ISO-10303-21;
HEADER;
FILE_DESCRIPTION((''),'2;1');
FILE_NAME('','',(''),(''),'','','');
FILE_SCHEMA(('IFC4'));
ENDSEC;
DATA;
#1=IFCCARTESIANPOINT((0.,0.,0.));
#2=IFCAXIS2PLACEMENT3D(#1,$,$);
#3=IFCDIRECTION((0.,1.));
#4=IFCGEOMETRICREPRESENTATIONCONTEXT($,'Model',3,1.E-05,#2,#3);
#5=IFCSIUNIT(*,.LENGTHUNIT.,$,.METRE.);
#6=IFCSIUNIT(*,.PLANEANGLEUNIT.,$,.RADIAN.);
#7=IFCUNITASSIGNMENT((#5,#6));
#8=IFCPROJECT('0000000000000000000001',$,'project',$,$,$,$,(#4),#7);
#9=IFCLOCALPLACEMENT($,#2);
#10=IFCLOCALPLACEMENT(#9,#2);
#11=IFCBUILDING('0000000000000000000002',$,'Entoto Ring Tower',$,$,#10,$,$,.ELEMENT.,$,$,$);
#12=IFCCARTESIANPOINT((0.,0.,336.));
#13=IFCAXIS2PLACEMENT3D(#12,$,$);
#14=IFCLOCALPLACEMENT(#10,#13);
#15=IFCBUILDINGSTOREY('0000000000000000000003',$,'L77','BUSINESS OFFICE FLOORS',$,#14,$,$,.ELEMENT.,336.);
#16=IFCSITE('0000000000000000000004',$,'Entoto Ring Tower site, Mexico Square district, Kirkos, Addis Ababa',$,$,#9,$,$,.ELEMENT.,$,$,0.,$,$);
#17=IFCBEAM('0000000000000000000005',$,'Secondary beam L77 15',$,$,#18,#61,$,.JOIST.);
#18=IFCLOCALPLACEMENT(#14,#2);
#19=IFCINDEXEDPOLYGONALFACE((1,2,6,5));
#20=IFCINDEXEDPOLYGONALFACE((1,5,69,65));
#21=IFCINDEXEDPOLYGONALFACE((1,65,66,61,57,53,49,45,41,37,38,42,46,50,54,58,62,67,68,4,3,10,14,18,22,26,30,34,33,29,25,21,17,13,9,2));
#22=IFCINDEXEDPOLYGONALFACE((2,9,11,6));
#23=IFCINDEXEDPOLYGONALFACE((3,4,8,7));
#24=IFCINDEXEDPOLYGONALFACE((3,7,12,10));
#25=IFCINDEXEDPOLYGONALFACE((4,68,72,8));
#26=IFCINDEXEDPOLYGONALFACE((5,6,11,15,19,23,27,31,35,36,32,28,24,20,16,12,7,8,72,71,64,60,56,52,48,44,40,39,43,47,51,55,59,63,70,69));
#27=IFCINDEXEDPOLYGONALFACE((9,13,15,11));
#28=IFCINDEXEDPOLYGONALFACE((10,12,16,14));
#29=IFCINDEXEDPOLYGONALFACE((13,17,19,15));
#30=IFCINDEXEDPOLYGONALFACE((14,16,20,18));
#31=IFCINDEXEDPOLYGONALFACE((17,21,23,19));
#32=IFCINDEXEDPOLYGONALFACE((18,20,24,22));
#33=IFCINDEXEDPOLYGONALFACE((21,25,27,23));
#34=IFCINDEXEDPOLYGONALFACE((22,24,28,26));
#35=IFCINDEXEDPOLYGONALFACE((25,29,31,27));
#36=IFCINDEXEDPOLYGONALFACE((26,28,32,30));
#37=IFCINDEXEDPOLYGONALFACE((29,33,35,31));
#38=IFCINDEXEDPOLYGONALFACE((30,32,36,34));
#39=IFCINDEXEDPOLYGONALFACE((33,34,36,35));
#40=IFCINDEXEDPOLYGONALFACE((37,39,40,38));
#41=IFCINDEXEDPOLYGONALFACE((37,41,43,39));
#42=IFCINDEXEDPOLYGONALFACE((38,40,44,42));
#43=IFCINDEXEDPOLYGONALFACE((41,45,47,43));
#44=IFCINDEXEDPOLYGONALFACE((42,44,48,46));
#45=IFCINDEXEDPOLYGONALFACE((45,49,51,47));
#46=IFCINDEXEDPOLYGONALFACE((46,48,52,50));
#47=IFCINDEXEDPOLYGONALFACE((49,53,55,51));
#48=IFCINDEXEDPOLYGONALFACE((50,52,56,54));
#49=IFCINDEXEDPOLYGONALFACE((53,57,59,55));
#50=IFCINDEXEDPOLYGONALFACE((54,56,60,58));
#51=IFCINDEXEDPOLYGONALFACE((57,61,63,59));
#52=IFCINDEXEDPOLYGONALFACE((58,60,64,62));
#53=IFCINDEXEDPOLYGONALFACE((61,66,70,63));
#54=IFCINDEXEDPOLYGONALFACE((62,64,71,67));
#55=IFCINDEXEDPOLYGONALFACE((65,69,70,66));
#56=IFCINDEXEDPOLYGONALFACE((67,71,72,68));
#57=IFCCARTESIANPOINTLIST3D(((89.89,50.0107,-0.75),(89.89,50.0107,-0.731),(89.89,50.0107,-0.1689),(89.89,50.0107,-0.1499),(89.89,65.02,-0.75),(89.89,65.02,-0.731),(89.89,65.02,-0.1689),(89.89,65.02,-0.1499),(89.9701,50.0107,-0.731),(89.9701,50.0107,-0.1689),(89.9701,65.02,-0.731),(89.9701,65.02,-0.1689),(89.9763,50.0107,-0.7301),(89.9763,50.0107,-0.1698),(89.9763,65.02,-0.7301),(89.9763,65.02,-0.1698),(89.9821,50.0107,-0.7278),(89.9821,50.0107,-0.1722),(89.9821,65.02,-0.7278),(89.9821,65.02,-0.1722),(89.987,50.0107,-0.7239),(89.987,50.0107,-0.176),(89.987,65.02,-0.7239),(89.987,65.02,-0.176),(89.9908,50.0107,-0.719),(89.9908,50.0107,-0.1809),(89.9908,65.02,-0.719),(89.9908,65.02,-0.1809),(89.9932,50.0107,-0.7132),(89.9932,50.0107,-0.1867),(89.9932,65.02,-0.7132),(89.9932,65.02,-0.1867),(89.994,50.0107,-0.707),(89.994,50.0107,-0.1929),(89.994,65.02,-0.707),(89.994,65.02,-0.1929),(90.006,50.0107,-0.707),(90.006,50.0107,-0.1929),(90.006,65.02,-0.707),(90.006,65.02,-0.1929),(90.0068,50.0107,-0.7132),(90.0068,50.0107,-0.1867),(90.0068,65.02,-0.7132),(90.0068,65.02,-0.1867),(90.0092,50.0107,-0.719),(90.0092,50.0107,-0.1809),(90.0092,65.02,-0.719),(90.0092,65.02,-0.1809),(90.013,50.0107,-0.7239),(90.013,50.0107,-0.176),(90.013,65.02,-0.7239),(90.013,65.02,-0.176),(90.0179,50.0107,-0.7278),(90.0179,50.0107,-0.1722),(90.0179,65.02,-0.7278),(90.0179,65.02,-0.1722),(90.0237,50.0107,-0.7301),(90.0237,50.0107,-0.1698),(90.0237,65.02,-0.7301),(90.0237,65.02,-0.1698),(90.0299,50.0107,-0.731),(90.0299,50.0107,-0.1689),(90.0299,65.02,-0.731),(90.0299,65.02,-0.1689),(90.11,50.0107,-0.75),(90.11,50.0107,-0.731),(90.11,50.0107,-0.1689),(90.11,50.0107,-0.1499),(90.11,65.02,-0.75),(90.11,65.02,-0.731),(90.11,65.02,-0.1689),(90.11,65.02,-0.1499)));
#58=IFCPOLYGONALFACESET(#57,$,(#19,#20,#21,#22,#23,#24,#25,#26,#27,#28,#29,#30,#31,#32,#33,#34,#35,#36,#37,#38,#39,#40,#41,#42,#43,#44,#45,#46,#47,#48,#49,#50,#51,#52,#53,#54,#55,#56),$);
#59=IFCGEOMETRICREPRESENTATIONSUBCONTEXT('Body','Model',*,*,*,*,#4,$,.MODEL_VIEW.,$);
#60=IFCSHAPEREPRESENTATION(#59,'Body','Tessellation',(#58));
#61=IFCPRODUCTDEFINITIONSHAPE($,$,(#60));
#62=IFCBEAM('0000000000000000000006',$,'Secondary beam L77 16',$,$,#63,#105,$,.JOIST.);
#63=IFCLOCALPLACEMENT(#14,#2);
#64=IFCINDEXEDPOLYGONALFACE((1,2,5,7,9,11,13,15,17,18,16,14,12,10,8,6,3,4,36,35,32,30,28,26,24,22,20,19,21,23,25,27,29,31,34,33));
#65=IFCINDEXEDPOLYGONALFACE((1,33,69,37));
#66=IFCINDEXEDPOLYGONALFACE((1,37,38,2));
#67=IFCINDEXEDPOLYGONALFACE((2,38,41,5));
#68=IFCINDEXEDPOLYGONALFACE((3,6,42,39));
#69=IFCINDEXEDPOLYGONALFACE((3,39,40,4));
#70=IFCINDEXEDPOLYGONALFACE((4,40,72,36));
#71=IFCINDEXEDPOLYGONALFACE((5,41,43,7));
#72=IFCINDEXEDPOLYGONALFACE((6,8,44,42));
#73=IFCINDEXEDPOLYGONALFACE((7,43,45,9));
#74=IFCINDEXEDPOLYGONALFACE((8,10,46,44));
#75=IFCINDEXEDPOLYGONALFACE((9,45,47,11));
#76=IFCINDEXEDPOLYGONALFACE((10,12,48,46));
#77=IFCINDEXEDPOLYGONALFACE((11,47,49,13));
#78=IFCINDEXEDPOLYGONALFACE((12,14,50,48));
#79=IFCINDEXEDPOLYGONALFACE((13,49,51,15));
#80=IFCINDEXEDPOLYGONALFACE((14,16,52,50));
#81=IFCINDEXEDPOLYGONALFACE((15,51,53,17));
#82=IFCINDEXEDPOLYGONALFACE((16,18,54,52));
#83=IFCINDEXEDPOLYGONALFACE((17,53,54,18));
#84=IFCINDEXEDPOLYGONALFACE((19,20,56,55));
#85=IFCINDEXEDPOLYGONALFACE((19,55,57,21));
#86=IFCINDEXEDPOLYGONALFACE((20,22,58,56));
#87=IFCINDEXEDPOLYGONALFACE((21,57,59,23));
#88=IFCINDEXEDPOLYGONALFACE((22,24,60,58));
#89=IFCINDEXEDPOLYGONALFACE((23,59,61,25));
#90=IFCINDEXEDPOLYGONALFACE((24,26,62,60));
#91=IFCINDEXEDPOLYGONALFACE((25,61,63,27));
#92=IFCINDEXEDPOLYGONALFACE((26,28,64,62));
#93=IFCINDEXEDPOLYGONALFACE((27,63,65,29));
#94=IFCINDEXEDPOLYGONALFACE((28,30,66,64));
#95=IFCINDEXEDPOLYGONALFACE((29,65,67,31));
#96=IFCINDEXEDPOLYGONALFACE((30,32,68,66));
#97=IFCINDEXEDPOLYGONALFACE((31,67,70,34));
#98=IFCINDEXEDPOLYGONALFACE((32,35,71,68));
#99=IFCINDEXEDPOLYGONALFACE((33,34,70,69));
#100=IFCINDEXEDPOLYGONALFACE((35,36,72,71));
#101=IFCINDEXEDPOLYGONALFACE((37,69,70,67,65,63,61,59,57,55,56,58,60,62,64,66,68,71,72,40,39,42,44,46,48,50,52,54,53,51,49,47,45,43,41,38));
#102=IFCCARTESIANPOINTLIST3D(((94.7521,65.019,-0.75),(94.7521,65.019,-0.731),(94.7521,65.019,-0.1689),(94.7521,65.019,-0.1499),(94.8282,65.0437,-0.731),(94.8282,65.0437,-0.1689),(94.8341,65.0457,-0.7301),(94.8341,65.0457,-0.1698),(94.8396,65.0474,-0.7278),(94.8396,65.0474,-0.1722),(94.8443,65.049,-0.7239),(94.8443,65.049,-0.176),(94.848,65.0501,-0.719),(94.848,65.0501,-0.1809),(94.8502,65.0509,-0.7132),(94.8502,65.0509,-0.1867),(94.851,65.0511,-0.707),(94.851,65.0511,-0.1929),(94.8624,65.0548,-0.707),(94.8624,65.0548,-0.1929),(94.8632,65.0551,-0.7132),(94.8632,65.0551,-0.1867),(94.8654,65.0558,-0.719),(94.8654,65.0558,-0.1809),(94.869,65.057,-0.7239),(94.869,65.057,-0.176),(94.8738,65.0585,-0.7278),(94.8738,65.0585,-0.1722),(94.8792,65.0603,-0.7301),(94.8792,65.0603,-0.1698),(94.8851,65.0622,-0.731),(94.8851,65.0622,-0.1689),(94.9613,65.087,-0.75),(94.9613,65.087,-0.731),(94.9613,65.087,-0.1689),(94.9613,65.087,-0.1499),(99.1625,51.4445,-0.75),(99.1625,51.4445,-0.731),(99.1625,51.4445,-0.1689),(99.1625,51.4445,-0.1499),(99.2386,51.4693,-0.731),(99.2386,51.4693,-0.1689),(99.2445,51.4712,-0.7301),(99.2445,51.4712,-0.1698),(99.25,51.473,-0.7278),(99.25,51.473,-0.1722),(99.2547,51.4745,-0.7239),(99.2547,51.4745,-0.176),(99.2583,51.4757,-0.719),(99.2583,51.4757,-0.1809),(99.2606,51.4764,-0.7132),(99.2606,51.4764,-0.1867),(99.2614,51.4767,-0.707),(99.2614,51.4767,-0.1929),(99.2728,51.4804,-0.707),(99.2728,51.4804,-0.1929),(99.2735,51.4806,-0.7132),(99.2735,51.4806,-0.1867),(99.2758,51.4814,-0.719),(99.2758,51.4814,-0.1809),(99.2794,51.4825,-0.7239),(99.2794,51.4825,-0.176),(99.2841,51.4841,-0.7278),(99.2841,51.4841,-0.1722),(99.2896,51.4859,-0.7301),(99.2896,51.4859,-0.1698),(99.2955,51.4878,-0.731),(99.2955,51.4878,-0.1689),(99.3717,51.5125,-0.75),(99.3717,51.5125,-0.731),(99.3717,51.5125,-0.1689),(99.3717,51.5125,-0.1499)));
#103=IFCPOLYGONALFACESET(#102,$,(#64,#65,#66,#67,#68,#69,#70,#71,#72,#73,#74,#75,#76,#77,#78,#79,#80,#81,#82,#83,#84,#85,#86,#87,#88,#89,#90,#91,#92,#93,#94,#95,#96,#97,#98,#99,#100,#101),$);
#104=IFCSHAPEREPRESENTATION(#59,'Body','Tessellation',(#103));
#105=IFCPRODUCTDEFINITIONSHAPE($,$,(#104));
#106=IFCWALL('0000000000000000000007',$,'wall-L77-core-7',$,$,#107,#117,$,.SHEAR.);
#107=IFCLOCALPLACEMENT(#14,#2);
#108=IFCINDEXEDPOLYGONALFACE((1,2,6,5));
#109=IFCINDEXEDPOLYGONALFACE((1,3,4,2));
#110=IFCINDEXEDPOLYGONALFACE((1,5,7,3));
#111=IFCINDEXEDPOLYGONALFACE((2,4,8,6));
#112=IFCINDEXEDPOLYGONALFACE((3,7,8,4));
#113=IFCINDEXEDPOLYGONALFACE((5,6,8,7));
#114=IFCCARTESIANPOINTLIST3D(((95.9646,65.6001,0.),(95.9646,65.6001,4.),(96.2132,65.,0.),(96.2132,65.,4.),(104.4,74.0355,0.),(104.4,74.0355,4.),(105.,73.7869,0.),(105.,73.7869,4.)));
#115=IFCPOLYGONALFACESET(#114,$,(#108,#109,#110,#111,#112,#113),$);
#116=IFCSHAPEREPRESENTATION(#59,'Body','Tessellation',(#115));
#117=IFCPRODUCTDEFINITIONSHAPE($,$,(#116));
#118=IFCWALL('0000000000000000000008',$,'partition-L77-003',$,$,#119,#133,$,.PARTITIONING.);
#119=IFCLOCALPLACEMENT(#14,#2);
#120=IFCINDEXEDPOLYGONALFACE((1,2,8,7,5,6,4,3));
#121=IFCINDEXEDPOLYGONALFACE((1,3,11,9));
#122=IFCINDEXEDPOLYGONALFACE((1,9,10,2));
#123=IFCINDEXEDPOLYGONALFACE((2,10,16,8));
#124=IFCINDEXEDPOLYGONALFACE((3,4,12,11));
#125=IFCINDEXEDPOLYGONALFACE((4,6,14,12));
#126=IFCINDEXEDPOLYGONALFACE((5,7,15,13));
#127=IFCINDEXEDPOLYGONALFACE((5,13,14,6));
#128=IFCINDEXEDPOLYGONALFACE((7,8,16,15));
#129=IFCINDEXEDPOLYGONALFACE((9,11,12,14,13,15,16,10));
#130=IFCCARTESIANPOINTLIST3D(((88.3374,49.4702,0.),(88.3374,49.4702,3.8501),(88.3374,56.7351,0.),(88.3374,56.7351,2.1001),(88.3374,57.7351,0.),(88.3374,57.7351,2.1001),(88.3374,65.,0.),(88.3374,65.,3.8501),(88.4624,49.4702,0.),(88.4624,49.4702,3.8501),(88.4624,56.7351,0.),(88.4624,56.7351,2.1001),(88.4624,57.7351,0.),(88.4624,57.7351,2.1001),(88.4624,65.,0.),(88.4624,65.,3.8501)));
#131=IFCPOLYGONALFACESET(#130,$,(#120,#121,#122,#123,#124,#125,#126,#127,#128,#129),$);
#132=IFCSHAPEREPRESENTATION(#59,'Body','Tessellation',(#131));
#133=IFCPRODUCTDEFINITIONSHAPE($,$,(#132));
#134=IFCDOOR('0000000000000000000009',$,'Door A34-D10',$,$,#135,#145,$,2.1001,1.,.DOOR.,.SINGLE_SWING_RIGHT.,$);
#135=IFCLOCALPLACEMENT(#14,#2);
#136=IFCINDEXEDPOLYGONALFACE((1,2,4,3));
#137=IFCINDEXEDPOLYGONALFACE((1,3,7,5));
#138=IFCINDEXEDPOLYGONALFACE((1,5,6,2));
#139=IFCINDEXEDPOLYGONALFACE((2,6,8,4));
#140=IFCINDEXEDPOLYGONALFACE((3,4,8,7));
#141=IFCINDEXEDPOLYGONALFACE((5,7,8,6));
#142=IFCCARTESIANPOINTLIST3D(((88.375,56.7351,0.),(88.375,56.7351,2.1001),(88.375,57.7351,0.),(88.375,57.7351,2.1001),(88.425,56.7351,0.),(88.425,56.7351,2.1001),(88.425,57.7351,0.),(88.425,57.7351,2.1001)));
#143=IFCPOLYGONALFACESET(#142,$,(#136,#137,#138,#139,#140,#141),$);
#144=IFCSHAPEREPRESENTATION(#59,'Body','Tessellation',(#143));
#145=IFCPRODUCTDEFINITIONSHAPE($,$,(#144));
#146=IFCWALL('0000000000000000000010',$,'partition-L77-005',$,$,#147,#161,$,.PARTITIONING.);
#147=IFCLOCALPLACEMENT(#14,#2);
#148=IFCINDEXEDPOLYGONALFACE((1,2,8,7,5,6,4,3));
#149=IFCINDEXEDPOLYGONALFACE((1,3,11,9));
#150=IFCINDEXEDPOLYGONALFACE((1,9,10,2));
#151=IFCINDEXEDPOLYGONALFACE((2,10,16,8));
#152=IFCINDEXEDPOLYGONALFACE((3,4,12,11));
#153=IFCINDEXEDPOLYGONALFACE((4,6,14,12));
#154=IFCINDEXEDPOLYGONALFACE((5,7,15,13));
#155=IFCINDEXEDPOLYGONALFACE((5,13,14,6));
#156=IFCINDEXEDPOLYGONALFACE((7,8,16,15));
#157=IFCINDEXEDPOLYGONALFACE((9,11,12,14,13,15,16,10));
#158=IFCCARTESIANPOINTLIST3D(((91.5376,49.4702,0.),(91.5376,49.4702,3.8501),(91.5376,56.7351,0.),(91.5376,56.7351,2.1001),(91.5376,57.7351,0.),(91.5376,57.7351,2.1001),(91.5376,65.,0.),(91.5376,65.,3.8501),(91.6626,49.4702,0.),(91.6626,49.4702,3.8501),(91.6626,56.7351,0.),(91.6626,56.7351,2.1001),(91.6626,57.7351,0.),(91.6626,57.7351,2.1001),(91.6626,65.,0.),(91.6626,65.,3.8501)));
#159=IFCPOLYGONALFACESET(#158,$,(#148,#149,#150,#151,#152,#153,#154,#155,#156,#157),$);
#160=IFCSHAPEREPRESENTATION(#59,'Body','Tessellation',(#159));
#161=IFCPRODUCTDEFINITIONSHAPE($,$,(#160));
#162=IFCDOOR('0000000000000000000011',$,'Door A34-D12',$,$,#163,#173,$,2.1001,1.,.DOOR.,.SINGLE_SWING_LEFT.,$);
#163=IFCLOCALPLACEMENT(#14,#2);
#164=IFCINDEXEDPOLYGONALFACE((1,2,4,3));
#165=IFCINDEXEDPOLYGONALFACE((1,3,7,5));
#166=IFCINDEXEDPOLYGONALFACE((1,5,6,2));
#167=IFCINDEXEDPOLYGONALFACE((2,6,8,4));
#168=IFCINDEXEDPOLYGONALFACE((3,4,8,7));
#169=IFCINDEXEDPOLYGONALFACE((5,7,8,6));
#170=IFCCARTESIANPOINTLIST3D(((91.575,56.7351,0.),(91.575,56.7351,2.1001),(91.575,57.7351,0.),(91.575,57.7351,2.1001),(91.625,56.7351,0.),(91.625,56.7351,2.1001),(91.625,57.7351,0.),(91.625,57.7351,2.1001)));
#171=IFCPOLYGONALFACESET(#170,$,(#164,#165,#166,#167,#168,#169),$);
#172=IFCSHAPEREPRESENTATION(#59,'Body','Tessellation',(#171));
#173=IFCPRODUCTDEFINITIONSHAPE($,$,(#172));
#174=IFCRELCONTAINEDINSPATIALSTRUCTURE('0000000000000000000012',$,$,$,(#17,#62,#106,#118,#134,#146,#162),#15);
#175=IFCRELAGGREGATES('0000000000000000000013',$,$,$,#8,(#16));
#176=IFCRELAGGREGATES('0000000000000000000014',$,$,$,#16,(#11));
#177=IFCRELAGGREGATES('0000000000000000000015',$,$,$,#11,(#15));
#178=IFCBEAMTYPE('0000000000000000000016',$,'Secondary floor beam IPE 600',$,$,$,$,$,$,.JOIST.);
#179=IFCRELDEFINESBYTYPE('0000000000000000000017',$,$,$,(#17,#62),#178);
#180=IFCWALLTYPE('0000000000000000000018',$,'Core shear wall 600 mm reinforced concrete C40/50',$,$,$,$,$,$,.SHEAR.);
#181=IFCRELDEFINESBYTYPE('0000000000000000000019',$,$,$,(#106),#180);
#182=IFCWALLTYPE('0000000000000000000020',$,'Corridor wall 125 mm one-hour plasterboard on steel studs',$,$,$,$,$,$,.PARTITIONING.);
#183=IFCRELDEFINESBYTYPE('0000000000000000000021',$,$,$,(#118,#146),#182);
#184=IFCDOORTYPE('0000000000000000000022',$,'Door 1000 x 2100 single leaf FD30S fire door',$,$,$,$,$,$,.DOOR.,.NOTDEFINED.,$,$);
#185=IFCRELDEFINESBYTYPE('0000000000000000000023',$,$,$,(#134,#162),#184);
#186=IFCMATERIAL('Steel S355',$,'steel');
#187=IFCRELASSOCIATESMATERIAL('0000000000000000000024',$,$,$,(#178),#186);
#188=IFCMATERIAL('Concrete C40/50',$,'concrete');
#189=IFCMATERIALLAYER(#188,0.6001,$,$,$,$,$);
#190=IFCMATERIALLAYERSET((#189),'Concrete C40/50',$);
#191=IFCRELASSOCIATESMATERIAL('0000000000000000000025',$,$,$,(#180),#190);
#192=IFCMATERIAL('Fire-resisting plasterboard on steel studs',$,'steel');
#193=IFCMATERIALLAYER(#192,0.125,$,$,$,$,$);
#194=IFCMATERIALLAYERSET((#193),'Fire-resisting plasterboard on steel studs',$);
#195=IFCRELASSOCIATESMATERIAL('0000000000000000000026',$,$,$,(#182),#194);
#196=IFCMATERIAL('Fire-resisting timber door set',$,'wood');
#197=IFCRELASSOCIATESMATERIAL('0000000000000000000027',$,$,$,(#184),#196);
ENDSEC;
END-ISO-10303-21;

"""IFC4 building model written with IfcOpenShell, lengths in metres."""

from ifc_helpers import new_model, si_unit, direction, frame, frame_2d, origin, origin_2d, place, context, subcontext, project, spatial, polyline, rectangle, i_section, outline, extrude, material, layer, layer_set, material_profile, profile_set, type_object, element, fill, save


model = new_model("IFC4")

# Units and contexts
model_context = context("Model", 3, precision=1e-05, world=origin(), true_north=direction((0.0, 1.0)))
body_context = subcontext(model_context, "Body", "Model", "MODEL_VIEW")
ifc_project = project(units=[si_unit("LENGTHUNIT", "METRE"), si_unit("PLANEANGLEUNIT", "RADIAN")], contexts=[model_context])

# Site, building, storey
site_placement = place(None, origin())
site = spatial("IfcSite", under=ifc_project, at=site_placement, Name="Entoto Ring Tower site, Mexico Square district, Kirkos, Addis Ababa", CompositionType="ELEMENT", RefElevation=0.0)
building_placement = place(site_placement, origin())
building = spatial("IfcBuilding", under=site, at=building_placement, Name="Entoto Ring Tower", CompositionType="ELEMENT")
storey_placement = place(building_placement, frame((0.0, 0.0, 336.0)))
storey = spatial("IfcBuildingStorey", under=building, at=storey_placement, Name="L77", Description="BUSINESS OFFICE FLOORS", CompositionType="ELEMENT", Elevation=336.0)

# Beams
ifc_material_1 = material(Name="Steel S355", Category="steel")
ifc_material_profile_1 = material_profile(ifc_material_1, i_section(OverallWidth=0.22, OverallDepth=0.6001, WebThickness=0.012, FlangeThickness=0.019, FilletRadius=0.0239, at=origin_2d()), Name="IPE 600")
ifc_profile_set_1 = profile_set([ifc_material_profile_1], Name="Steel S355")
beam_type_1 = type_object("IfcBeamType", Name="Secondary floor beam IPE 600", PredefinedType="JOIST", material=ifc_profile_set_1)
beam_1_placement = place(storey_placement, frame((90.0, 65.02, -0.45), z_axis=(0.0, -1.0, 0.0), x_axis=(1.0, 0.0, 0.0)))
element("IfcBeam", 1, at=beam_1_placement, inside=storey, type_object=beam_type_1, Name="Secondary beam L77 15", PredefinedType="JOIST", context=body_context, shape_type="SweptSolid", body=[
    extrude(i_section(OverallWidth=0.22, OverallDepth=0.6001, WebThickness=0.012, FlangeThickness=0.019, FilletRadius=0.0239, at=origin_2d()), origin(), (0.0, 0.0, 1.0), 15.0093),
])
beam_2_placement = place(storey_placement, frame((94.8567, 65.053, -0.45), z_axis=(0.309004, -0.951061, 0.0), x_axis=(0.951061, 0.309004, 0.0)))
element("IfcBeam", 2, at=beam_2_placement, inside=storey, type_object=beam_type_1, Name="Secondary beam L77 16", PredefinedType="JOIST", context=body_context, shape_type="SweptSolid", body=[
    extrude(i_section(OverallWidth=0.22, OverallDepth=0.6001, WebThickness=0.012, FlangeThickness=0.019, FilletRadius=0.0239, at=origin_2d()), origin(), (0.0, 0.0, 1.0), 14.2729),
])

# Wall
ifc_material_2 = material(Name="Concrete C40/50", Category="concrete")
ifc_layer_1 = layer(ifc_material_2, 0.6001)
ifc_layer_set_1 = layer_set([ifc_layer_1], Name="Concrete C40/50")
wall_type_1 = type_object("IfcWallType", Name="Core shear wall 600 mm reinforced concrete C40/50", PredefinedType="SHEAR", material=ifc_layer_set_1)
wall_1_placement = place(storey_placement, frame((96.0889, 65.3, 0.0), z_axis=(0.0, 0.0, 1.0), x_axis=(0.707107, 0.707107, 0.0)))
element("IfcWall", 3, at=wall_1_placement, inside=storey, type_object=wall_type_1, Name="wall-L77-core-7", PredefinedType="SHEAR", context=body_context, shape_type="SweptSolid", body=[
    extrude(outline(polyline([(-0.1243, -0.3), (12.3022, -0.3), (12.0537, 0.3), (0.1243, 0.3), (-0.1243, -0.3)])), origin(), (0.0, 0.0, 1.0), 4.0),
])

# Walls, openings, doors
ifc_material_3 = material(Name="Fire-resisting plasterboard on steel studs", Category="steel")
ifc_layer_2 = layer(ifc_material_3, 0.125)
ifc_layer_set_2 = layer_set([ifc_layer_2], Name="Fire-resisting plasterboard on steel studs")
wall_type_2 = type_object("IfcWallType", Name="Corridor wall 125 mm one-hour plasterboard on steel studs", PredefinedType="PARTITIONING", material=ifc_layer_set_2)
wall_2_placement = place(storey_placement, frame((88.3999, 49.4702, 0.0), z_axis=(0.0, 0.0, 1.0), x_axis=(0.0, 1.0, 0.0)))
wall_2 = element("IfcWall", 4, at=wall_2_placement, inside=storey, type_object=wall_type_2, Name="partition-L77-003", PredefinedType="PARTITIONING", context=body_context, shape_type="SweptSolid", body=[
    extrude(rectangle(XDim=15.5298, YDim=0.125, at=frame_2d((7.7649, 0.0))), origin(), (0.0, 0.0, 1.0), 3.8501),
])
opening_1_placement = place(wall_2_placement, frame((7.2649, 0.0, 0.0)))
opening_1 = element("IfcOpeningElement", 5, at=opening_1_placement, cuts=wall_2, PredefinedType="OPENING", context=body_context, shape_type="SweptSolid", body=[
    extrude(rectangle(XDim=1.0, YDim=2.1001, at=frame_2d((0.5, 1.05))), frame((0.0, 0.0725, 0.0), z_axis=(0.0, -1.0, 0.0), x_axis=(1.0, 0.0, 0.0)), (0.0, 0.0, 1.0), 0.145),
])
ifc_material_4 = material(Name="Fire-resisting timber door set", Category="wood")
door_type = type_object("IfcDoorType", Name="Door 1000 x 2100 single leaf FD30S fire door", OperationType="NOTDEFINED", PredefinedType="DOOR", material=ifc_material_4)
door_1_placement = place(opening_1_placement, origin())
door_1 = element("IfcDoor", 6, at=door_1_placement, inside=storey, type_object=door_type, Name="Door A34-D10", OperationType="SINGLE_SWING_RIGHT", OverallHeight=2.1001, OverallWidth=1.0, PredefinedType="DOOR", context=body_context, shape_type="SweptSolid", body=[
    extrude(rectangle(XDim=1.0, YDim=2.1001, at=frame_2d((0.5, 1.05))), frame((0.0, 0.0249, 0.0), z_axis=(0.0, -1.0, 0.0), x_axis=(1.0, 0.0, 0.0)), (0.0, 0.0, 1.0), 0.05),
])
fill(opening_1, door_1)
wall_3_placement = place(storey_placement, frame((91.6001, 49.4702, 0.0), z_axis=(0.0, 0.0, 1.0), x_axis=(0.0, 1.0, 0.0)))
wall_3 = element("IfcWall", 7, at=wall_3_placement, inside=storey, type_object=wall_type_2, Name="partition-L77-005", PredefinedType="PARTITIONING", context=body_context, shape_type="SweptSolid", body=[
    extrude(rectangle(XDim=15.5298, YDim=0.125, at=frame_2d((7.7649, 0.0))), origin(), (0.0, 0.0, 1.0), 3.8501),
])
opening_2_placement = place(wall_3_placement, frame((7.2649, 0.0, 0.0)))
opening_2 = element("IfcOpeningElement", 8, at=opening_2_placement, cuts=wall_3, PredefinedType="OPENING", context=body_context, shape_type="SweptSolid", body=[
    extrude(rectangle(XDim=1.0, YDim=2.1001, at=frame_2d((0.5, 1.05))), frame((0.0, 0.0725, 0.0), z_axis=(0.0, -1.0, 0.0), x_axis=(1.0, 0.0, 0.0)), (0.0, 0.0, 1.0), 0.145),
])
door_2_placement = place(opening_2_placement, frame((1.0, 0.0, 0.0), z_axis=(0.0, 0.0, 1.0), x_axis=(-1.0, 0.0, 0.0)))
door_2 = element("IfcDoor", 9, at=door_2_placement, inside=storey, type_object=door_type, Name="Door A34-D12", OperationType="SINGLE_SWING_LEFT", OverallHeight=2.1001, OverallWidth=1.0, PredefinedType="DOOR", context=body_context, shape_type="SweptSolid", body=[
    extrude(rectangle(XDim=1.0, YDim=2.1001, at=frame_2d((0.5, 1.05))), frame((0.0, 0.0249, 0.0), z_axis=(0.0, -1.0, 0.0), x_axis=(1.0, 0.0, 0.0)), (0.0, 0.0, 1.0), 0.05),
])
fill(opening_2, door_2)

save(model, "model.ifc")
